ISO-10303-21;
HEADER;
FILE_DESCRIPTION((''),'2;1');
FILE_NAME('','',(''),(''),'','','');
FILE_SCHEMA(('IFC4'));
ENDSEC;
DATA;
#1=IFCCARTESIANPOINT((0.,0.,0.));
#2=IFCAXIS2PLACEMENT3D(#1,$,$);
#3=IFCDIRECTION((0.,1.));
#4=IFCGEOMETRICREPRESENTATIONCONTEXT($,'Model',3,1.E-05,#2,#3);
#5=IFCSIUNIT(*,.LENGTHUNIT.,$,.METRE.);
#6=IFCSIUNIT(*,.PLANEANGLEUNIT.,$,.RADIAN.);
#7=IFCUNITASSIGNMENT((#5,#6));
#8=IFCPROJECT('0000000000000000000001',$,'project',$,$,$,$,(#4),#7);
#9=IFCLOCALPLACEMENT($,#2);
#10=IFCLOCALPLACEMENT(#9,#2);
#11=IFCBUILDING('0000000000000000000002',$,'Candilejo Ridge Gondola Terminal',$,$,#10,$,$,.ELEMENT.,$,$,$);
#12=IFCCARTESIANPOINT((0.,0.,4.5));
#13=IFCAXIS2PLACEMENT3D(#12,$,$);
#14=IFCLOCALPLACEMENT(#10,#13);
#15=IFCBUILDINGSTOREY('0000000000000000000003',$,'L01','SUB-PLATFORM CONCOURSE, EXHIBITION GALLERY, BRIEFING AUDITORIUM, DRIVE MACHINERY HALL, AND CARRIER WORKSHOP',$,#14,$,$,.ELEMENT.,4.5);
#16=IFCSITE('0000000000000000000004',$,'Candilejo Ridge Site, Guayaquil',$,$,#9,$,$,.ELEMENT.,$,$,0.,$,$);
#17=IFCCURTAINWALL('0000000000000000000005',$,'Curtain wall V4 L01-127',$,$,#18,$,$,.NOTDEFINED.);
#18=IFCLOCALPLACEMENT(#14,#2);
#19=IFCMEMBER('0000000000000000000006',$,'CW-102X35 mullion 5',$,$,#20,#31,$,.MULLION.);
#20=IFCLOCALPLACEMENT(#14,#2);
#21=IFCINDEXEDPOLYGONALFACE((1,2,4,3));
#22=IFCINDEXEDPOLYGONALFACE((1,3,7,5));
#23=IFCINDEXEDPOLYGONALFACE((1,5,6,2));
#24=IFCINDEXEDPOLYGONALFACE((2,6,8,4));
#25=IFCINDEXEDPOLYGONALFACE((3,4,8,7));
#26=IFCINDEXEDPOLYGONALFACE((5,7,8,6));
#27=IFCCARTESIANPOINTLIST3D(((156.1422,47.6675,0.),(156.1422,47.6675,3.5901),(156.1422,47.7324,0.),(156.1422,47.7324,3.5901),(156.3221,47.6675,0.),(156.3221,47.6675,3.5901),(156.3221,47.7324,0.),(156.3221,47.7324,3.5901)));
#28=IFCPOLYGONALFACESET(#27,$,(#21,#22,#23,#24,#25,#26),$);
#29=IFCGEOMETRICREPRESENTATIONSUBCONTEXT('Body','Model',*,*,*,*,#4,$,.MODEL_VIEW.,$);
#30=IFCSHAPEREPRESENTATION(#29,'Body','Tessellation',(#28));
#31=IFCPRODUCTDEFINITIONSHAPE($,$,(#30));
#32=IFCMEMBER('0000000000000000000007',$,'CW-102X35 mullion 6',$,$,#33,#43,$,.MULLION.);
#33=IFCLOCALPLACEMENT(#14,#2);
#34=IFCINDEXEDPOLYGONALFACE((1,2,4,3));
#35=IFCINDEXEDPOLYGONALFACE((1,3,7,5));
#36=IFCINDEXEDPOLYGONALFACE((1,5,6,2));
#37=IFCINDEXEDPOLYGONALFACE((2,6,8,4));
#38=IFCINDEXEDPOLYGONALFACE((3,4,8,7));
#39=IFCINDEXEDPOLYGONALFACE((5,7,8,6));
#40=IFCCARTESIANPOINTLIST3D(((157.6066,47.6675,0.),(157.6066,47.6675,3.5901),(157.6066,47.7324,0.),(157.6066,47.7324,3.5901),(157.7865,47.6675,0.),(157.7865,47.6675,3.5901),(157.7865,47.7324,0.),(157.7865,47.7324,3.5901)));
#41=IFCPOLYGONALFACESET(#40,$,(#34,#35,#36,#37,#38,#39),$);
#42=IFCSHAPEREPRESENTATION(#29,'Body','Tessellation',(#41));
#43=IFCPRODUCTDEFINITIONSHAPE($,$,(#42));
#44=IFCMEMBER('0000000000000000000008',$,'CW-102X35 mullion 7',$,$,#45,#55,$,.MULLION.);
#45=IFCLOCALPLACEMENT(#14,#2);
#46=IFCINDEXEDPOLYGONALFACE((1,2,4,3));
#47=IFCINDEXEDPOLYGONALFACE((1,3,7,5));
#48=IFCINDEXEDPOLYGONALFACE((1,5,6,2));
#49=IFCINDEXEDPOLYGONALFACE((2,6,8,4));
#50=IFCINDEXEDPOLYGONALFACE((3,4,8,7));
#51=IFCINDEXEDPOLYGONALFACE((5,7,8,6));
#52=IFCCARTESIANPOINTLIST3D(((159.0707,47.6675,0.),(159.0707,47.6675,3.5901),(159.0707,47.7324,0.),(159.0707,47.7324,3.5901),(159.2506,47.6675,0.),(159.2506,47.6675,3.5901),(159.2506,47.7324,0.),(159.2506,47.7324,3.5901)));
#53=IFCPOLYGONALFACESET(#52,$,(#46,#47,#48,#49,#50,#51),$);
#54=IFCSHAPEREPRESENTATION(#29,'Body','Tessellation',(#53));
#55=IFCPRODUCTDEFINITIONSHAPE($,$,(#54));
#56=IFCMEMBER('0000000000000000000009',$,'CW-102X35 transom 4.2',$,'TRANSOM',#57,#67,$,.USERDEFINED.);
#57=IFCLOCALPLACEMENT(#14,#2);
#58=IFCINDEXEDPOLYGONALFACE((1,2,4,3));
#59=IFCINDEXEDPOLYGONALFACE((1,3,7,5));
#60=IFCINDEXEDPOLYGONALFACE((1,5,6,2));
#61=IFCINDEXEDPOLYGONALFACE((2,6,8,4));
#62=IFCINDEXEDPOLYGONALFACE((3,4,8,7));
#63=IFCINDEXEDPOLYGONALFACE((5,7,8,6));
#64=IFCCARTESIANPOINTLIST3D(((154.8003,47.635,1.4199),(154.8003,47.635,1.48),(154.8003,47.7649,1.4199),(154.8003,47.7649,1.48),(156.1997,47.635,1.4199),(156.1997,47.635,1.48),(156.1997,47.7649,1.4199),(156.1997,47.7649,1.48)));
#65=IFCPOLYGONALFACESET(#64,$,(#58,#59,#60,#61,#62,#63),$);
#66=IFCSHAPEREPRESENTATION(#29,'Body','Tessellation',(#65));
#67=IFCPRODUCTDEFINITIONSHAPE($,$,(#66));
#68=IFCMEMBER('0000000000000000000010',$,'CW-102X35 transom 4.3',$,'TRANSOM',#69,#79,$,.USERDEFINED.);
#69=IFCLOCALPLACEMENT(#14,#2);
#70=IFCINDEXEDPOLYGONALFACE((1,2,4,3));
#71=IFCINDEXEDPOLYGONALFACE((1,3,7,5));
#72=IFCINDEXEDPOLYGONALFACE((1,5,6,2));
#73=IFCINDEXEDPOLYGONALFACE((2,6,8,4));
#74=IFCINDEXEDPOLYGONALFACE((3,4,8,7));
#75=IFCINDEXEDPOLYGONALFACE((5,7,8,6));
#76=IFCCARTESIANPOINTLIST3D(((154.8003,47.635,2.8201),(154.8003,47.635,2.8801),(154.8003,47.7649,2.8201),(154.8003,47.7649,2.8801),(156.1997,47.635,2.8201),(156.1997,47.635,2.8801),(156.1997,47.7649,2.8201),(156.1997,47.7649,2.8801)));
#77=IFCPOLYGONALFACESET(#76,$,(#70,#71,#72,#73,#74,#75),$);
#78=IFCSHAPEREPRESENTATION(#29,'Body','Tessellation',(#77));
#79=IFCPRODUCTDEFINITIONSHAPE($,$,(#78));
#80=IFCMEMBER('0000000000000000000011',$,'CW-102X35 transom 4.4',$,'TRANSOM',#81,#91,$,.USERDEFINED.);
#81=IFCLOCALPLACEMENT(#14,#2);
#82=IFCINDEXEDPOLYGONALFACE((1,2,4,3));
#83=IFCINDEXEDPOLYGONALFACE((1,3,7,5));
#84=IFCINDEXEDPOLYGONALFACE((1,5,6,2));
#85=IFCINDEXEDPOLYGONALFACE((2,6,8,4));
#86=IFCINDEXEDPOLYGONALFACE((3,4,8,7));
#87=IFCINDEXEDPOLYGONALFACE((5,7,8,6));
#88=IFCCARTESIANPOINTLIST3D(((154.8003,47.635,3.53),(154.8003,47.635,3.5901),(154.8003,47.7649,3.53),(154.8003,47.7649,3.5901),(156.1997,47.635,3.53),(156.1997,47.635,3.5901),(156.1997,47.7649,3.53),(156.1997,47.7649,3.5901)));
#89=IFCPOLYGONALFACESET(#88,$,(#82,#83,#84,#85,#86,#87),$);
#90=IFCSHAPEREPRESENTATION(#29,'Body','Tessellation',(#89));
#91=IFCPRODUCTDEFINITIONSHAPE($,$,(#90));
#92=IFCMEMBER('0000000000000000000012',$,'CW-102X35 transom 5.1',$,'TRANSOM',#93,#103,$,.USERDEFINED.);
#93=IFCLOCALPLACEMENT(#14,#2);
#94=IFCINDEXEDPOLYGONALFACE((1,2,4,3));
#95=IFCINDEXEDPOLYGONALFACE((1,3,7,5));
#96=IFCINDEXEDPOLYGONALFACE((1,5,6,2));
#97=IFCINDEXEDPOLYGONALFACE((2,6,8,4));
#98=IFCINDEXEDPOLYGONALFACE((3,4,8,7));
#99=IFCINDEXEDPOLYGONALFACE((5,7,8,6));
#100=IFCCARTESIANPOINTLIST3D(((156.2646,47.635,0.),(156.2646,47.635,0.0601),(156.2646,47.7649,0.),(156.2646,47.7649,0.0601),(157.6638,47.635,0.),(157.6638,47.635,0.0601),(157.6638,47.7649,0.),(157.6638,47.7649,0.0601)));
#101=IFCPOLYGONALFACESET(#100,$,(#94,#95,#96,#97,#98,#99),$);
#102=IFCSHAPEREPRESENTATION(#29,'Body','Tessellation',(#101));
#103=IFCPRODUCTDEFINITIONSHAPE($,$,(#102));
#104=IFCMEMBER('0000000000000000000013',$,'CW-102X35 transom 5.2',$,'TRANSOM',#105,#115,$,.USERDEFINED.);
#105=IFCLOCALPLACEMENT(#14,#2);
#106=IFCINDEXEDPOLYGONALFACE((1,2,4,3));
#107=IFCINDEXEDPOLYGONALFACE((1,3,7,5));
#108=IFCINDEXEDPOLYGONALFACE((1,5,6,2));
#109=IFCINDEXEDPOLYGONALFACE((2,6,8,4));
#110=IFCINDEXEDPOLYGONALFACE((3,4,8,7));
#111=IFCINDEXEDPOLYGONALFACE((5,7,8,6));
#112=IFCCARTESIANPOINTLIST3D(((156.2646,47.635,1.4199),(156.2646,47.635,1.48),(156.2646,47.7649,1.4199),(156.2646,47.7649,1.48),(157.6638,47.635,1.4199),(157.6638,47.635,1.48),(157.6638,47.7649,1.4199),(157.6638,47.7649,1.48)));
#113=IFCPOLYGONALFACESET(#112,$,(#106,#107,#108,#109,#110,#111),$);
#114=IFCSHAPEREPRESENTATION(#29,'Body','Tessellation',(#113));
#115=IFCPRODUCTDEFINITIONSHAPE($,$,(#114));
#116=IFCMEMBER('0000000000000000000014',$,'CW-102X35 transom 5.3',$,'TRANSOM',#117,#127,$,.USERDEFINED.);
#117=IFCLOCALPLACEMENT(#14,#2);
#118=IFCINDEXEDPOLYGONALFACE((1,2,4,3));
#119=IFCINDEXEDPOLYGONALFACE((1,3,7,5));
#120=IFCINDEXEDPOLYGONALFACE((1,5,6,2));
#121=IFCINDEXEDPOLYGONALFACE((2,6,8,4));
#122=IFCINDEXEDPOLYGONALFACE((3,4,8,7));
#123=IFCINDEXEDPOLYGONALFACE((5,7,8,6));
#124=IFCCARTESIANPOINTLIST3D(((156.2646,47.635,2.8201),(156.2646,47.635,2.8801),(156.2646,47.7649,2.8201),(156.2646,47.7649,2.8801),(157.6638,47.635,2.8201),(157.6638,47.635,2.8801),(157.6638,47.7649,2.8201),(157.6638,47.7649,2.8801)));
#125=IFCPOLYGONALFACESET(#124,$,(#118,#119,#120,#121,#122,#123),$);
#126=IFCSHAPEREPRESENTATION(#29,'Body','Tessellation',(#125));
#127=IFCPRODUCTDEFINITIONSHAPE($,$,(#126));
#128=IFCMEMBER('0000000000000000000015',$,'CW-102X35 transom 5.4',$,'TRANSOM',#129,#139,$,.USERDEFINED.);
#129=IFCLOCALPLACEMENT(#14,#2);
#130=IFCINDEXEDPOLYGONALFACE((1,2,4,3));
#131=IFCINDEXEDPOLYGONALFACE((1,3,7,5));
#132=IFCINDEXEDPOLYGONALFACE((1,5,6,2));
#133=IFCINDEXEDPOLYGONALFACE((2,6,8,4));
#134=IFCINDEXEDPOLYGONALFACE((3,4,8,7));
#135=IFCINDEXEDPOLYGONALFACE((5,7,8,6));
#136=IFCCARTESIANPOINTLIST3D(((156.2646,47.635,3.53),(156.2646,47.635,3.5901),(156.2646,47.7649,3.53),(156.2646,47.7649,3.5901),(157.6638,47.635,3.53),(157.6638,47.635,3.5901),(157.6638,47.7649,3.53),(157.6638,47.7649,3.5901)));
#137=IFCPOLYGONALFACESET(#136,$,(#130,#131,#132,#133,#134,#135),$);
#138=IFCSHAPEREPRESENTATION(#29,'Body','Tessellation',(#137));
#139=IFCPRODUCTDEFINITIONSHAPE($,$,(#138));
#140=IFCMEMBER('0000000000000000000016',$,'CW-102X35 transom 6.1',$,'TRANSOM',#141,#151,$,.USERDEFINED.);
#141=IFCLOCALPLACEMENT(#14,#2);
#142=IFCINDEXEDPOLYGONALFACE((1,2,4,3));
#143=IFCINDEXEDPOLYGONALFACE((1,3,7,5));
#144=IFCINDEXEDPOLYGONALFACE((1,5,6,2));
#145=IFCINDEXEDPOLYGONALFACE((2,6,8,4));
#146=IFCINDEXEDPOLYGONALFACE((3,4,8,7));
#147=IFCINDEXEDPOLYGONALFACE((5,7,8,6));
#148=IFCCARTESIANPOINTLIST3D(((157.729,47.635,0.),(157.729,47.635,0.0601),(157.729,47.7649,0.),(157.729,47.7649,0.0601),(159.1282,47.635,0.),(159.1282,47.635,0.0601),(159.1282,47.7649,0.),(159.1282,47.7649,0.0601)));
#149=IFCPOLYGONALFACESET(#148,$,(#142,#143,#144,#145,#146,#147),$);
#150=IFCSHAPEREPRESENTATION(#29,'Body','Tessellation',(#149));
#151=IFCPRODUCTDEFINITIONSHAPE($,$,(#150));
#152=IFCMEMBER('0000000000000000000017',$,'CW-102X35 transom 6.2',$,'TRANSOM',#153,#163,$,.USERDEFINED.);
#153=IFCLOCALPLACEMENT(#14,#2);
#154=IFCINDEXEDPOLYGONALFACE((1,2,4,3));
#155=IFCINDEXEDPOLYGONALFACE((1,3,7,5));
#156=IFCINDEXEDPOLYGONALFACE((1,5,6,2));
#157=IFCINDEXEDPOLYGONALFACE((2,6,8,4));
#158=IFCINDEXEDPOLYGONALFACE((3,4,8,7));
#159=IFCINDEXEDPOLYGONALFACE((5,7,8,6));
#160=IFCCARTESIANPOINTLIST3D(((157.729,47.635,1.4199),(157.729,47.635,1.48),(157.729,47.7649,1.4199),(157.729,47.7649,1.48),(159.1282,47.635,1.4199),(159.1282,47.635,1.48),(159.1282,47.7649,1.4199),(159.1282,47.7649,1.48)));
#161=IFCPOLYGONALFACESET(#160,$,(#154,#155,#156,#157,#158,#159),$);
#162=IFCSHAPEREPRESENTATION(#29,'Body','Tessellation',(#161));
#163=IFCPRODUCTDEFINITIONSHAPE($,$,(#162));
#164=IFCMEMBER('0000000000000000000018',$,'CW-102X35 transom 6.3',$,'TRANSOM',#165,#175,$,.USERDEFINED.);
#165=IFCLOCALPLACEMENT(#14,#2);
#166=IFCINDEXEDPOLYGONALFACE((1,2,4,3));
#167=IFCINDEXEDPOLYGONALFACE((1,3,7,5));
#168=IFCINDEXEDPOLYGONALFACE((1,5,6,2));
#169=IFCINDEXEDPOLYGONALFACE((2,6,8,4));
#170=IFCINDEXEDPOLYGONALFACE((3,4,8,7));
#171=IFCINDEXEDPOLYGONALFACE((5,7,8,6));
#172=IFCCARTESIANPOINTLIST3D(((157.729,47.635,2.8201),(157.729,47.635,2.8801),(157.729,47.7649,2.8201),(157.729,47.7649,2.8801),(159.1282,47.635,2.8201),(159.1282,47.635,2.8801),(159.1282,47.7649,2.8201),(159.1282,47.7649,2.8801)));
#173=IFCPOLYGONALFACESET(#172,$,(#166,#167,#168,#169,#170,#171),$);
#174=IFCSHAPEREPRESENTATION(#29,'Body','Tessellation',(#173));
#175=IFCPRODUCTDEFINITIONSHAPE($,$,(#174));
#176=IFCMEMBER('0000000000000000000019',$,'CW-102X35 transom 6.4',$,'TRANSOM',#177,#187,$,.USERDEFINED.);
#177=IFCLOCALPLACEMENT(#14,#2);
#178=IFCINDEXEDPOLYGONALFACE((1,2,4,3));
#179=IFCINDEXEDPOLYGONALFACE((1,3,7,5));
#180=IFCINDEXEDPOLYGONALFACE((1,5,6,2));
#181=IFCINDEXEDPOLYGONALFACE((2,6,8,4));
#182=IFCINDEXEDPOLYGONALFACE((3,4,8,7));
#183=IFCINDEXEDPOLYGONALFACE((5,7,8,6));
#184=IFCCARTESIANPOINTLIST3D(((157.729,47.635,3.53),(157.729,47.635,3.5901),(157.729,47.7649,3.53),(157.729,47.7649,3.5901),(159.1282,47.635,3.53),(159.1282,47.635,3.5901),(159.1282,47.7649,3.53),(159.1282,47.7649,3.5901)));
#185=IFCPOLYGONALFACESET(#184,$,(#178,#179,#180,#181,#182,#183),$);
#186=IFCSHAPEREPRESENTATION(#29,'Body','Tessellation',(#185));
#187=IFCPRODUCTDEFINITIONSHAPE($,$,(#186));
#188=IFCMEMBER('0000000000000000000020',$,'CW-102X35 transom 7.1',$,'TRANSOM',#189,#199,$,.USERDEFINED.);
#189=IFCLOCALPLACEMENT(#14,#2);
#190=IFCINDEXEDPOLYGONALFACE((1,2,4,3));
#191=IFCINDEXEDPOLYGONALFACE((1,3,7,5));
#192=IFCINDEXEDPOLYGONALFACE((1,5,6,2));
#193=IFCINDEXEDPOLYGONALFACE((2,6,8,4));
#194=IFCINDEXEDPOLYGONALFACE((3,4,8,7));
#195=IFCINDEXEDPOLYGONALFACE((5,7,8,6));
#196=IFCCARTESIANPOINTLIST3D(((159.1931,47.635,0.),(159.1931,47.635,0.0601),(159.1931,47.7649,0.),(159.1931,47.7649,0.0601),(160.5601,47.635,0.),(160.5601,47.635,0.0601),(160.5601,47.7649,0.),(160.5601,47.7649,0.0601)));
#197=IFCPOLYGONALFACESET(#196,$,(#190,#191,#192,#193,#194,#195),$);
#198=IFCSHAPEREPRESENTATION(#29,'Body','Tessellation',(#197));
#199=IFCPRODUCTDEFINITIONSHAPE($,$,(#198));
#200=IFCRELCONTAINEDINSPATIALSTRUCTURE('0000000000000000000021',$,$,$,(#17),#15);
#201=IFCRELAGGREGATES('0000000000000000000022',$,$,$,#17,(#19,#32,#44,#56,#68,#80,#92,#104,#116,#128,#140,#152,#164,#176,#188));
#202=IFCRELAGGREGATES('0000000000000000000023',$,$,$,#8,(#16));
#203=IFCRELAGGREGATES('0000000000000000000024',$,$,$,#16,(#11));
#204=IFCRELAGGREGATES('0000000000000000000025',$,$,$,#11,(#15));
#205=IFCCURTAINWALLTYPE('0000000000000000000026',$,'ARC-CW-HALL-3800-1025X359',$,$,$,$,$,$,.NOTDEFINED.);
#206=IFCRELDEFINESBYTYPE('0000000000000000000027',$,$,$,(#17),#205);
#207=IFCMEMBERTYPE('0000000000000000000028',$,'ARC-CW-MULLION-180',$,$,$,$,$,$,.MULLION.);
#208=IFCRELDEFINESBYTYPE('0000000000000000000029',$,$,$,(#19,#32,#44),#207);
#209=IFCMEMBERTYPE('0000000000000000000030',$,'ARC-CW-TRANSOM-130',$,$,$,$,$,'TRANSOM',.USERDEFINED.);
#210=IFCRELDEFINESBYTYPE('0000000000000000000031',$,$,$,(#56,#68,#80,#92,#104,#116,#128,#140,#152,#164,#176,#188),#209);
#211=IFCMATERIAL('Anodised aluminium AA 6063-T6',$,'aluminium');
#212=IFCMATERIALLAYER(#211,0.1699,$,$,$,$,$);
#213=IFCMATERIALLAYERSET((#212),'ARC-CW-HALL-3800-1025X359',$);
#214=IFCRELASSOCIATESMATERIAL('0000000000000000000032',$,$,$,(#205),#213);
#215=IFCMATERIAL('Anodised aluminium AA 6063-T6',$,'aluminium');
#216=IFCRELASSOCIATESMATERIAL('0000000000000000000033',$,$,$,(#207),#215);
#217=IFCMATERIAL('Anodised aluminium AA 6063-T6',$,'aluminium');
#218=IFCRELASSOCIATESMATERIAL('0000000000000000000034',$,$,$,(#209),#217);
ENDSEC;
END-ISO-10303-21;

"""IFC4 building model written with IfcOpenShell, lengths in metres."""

from ifc_helpers import new_model, si_unit, direction, frame, origin, origin_2d, place, context, subcontext, project, spatial, rectangle, extrude, material, layer, layer_set, material_profile, profile_set, type_object, element, aggregate, save


model = new_model("IFC4")

# Units and contexts
model_context = context("Model", 3, precision=1e-05, world=origin(), true_north=direction((0.0, 1.0)))
body_context = subcontext(model_context, "Body", "Model", "MODEL_VIEW")
ifc_project = project(units=[si_unit("LENGTHUNIT", "METRE"), si_unit("PLANEANGLEUNIT", "RADIAN")], contexts=[model_context])

# Site, building, storey
site_placement = place(None, origin())
site = spatial("IfcSite", under=ifc_project, at=site_placement, Name="Candilejo Ridge Site, Guayaquil", CompositionType="ELEMENT", RefElevation=0.0)
building_placement = place(site_placement, origin())
building = spatial("IfcBuilding", under=site, at=building_placement, Name="Candilejo Ridge Gondola Terminal", CompositionType="ELEMENT")
storey_placement = place(building_placement, frame((0.0, 0.0, 4.5)))
storey = spatial("IfcBuildingStorey", under=building, at=storey_placement, Name="L01", Description="SUB-PLATFORM CONCOURSE, EXHIBITION GALLERY, BRIEFING AUDITORIUM, DRIVE MACHINERY HALL, AND CARRIER WORKSHOP", CompositionType="ELEMENT", Elevation=4.5)

# Curtain wall, members
ifc_material_1 = material(Name="Anodised aluminium AA 6063-T6", Category="aluminium")
ifc_layer_1 = layer(ifc_material_1, 0.1699)
ifc_layer_set_1 = layer_set([ifc_layer_1], Name="ARC-CW-HALL-3800-1025X359")
curtain_wall_type = type_object("IfcCurtainWallType", Name="ARC-CW-HALL-3800-1025X359", PredefinedType="NOTDEFINED", material=ifc_layer_set_1)
curtain_wall_placement = place(storey_placement, origin())
curtain_wall = element("IfcCurtainWall", 1, at=curtain_wall_placement, inside=storey, type_object=curtain_wall_type, Name="Curtain wall V4 L01-127", PredefinedType="NOTDEFINED")
ifc_material_2 = material(Name="Anodised aluminium AA 6063-T6", Category="aluminium")
ifc_material_profile_1 = material_profile(ifc_material_2, rectangle(XDim=0.0649, YDim=0.1799, at=origin_2d()))
ifc_profile_set_1 = profile_set([ifc_material_profile_1], Name="Anodised aluminium AA 6063-T6")
member_type_1 = type_object("IfcMemberType", Name="ARC-CW-MULLION-180", PredefinedType="MULLION", material=ifc_profile_set_1)
member_1_placement = place(storey_placement, frame((156.2322, 47.7, 0.0), z_axis=(0.0, 0.0, 1.0), x_axis=(0.0, 1.0, 0.0)))
member_1 = element("IfcMember", 2, at=member_1_placement, type_object=member_type_1, Name="CW-102X35 mullion 5", PredefinedType="MULLION", context=body_context, shape_type="SweptSolid", body=[
    extrude(rectangle(XDim=0.0649, YDim=0.1799, at=origin_2d()), origin(), (0.0, 0.0, 1.0), 3.5901),
])
member_2_placement = place(storey_placement, frame((157.6965, 47.7, 0.0), z_axis=(0.0, 0.0, 1.0), x_axis=(0.0, 1.0, 0.0)))
member_2 = element("IfcMember", 3, at=member_2_placement, type_object=member_type_1, Name="CW-102X35 mullion 6", PredefinedType="MULLION", context=body_context, shape_type="SweptSolid", body=[
    extrude(rectangle(XDim=0.0649, YDim=0.1799, at=origin_2d()), origin(), (0.0, 0.0, 1.0), 3.5901),
])
member_3_placement = place(storey_placement, frame((159.1606, 47.7, 0.0), z_axis=(0.0, 0.0, 1.0), x_axis=(0.0, 1.0, 0.0)))
member_3 = element("IfcMember", 4, at=member_3_placement, type_object=member_type_1, Name="CW-102X35 mullion 7", PredefinedType="MULLION", context=body_context, shape_type="SweptSolid", body=[
    extrude(rectangle(XDim=0.0649, YDim=0.1799, at=origin_2d()), origin(), (0.0, 0.0, 1.0), 3.5901),
])
ifc_material_3 = material(Name="Anodised aluminium AA 6063-T6", Category="aluminium")
ifc_material_profile_2 = material_profile(ifc_material_3, rectangle(XDim=0.1299, YDim=0.0601, at=origin_2d()))
ifc_profile_set_2 = profile_set([ifc_material_profile_2], Name="Anodised aluminium AA 6063-T6")
member_type_2 = type_object("IfcMemberType", Name="ARC-CW-TRANSOM-130", ElementType="TRANSOM", PredefinedType="USERDEFINED", material=ifc_profile_set_2)
member_4_placement = place(storey_placement, frame((154.8003, 47.7, 1.45), z_axis=(1.0, 0.0, 0.0), x_axis=(0.0, 1.0, 0.0)))
member_4 = element("IfcMember", 5, at=member_4_placement, type_object=member_type_2, Name="CW-102X35 transom 4.2", ObjectType="TRANSOM", PredefinedType="USERDEFINED", context=body_context, shape_type="SweptSolid", body=[
    extrude(rectangle(XDim=0.1299, YDim=0.0601, at=origin_2d()), origin(), (0.0, 0.0, 1.0), 1.3994),
])
member_5_placement = place(storey_placement, frame((154.8003, 47.7, 2.8501), z_axis=(1.0, 0.0, 0.0), x_axis=(0.0, 1.0, 0.0)))
member_5 = element("IfcMember", 6, at=member_5_placement, type_object=member_type_2, Name="CW-102X35 transom 4.3", ObjectType="TRANSOM", PredefinedType="USERDEFINED", context=body_context, shape_type="SweptSolid", body=[
    extrude(rectangle(XDim=0.1299, YDim=0.0601, at=origin_2d()), origin(), (0.0, 0.0, 1.0), 1.3994),
])
member_6_placement = place(storey_placement, frame((154.8003, 47.7, 3.5601), z_axis=(1.0, 0.0, 0.0), x_axis=(0.0, 1.0, 0.0)))
member_6 = element("IfcMember", 7, at=member_6_placement, type_object=member_type_2, Name="CW-102X35 transom 4.4", ObjectType="TRANSOM", PredefinedType="USERDEFINED", context=body_context, shape_type="SweptSolid", body=[
    extrude(rectangle(XDim=0.1299, YDim=0.0601, at=origin_2d()), origin(), (0.0, 0.0, 1.0), 1.3994),
])
member_7_placement = place(storey_placement, frame((156.2646, 47.7, 0.03), z_axis=(1.0, 0.0, 0.0), x_axis=(0.0, 1.0, 0.0)))
member_7 = element("IfcMember", 8, at=member_7_placement, type_object=member_type_2, Name="CW-102X35 transom 5.1", ObjectType="TRANSOM", PredefinedType="USERDEFINED", context=body_context, shape_type="SweptSolid", body=[
    extrude(rectangle(XDim=0.1299, YDim=0.0601, at=origin_2d()), origin(), (0.0, 0.0, 1.0), 1.3992),
])
member_8_placement = place(storey_placement, frame((156.2646, 47.7, 1.45), z_axis=(1.0, 0.0, 0.0), x_axis=(0.0, 1.0, 0.0)))
member_8 = element("IfcMember", 9, at=member_8_placement, type_object=member_type_2, Name="CW-102X35 transom 5.2", ObjectType="TRANSOM", PredefinedType="USERDEFINED", context=body_context, shape_type="SweptSolid", body=[
    extrude(rectangle(XDim=0.1299, YDim=0.0601, at=origin_2d()), origin(), (0.0, 0.0, 1.0), 1.3992),
])
member_9_placement = place(storey_placement, frame((156.2646, 47.7, 2.8501), z_axis=(1.0, 0.0, 0.0), x_axis=(0.0, 1.0, 0.0)))
member_9 = element("IfcMember", 10, at=member_9_placement, type_object=member_type_2, Name="CW-102X35 transom 5.3", ObjectType="TRANSOM", PredefinedType="USERDEFINED", context=body_context, shape_type="SweptSolid", body=[
    extrude(rectangle(XDim=0.1299, YDim=0.0601, at=origin_2d()), origin(), (0.0, 0.0, 1.0), 1.3992),
])
member_10_placement = place(storey_placement, frame((156.2646, 47.7, 3.5601), z_axis=(1.0, 0.0, 0.0), x_axis=(0.0, 1.0, 0.0)))
member_10 = element("IfcMember", 11, at=member_10_placement, type_object=member_type_2, Name="CW-102X35 transom 5.4", ObjectType="TRANSOM", PredefinedType="USERDEFINED", context=body_context, shape_type="SweptSolid", body=[
    extrude(rectangle(XDim=0.1299, YDim=0.0601, at=origin_2d()), origin(), (0.0, 0.0, 1.0), 1.3992),
])
member_11_placement = place(storey_placement, frame((157.729, 47.7, 0.03), z_axis=(1.0, 0.0, 0.0), x_axis=(0.0, 1.0, 0.0)))
member_11 = element("IfcMember", 12, at=member_11_placement, type_object=member_type_2, Name="CW-102X35 transom 6.1", ObjectType="TRANSOM", PredefinedType="USERDEFINED", context=body_context, shape_type="SweptSolid", body=[
    extrude(rectangle(XDim=0.1299, YDim=0.0601, at=origin_2d()), origin(), (0.0, 0.0, 1.0), 1.3992),
])
member_12_placement = place(storey_placement, frame((157.729, 47.7, 1.45), z_axis=(1.0, 0.0, 0.0), x_axis=(0.0, 1.0, 0.0)))
member_12 = element("IfcMember", 13, at=member_12_placement, type_object=member_type_2, Name="CW-102X35 transom 6.2", ObjectType="TRANSOM", PredefinedType="USERDEFINED", context=body_context, shape_type="SweptSolid", body=[
    extrude(rectangle(XDim=0.1299, YDim=0.0601, at=origin_2d()), origin(), (0.0, 0.0, 1.0), 1.3992),
])
member_13_placement = place(storey_placement, frame((157.729, 47.7, 2.8501), z_axis=(1.0, 0.0, 0.0), x_axis=(0.0, 1.0, 0.0)))
member_13 = element("IfcMember", 14, at=member_13_placement, type_object=member_type_2, Name="CW-102X35 transom 6.3", ObjectType="TRANSOM", PredefinedType="USERDEFINED", context=body_context, shape_type="SweptSolid", body=[
    extrude(rectangle(XDim=0.1299, YDim=0.0601, at=origin_2d()), origin(), (0.0, 0.0, 1.0), 1.3992),
])
member_14_placement = place(storey_placement, frame((157.729, 47.7, 3.5601), z_axis=(1.0, 0.0, 0.0), x_axis=(0.0, 1.0, 0.0)))
member_14 = element("IfcMember", 15, at=member_14_placement, type_object=member_type_2, Name="CW-102X35 transom 6.4", ObjectType="TRANSOM", PredefinedType="USERDEFINED", context=body_context, shape_type="SweptSolid", body=[
    extrude(rectangle(XDim=0.1299, YDim=0.0601, at=origin_2d()), origin(), (0.0, 0.0, 1.0), 1.3992),
])
member_15_placement = place(storey_placement, frame((159.1931, 47.7, 0.03), z_axis=(1.0, 0.0, 0.0), x_axis=(0.0, 1.0, 0.0)))
member_15 = element("IfcMember", 16, at=member_15_placement, type_object=member_type_2, Name="CW-102X35 transom 7.1", ObjectType="TRANSOM", PredefinedType="USERDEFINED", context=body_context, shape_type="SweptSolid", body=[
    extrude(rectangle(XDim=0.1299, YDim=0.0601, at=origin_2d()), origin(), (0.0, 0.0, 1.0), 1.3669),
])
aggregate(curtain_wall, [member_1, member_2, member_3, member_4, member_5, member_6, member_7, member_8, member_9, member_10, member_11, member_12, member_13, member_14, member_15])

save(model, "model.ifc")
